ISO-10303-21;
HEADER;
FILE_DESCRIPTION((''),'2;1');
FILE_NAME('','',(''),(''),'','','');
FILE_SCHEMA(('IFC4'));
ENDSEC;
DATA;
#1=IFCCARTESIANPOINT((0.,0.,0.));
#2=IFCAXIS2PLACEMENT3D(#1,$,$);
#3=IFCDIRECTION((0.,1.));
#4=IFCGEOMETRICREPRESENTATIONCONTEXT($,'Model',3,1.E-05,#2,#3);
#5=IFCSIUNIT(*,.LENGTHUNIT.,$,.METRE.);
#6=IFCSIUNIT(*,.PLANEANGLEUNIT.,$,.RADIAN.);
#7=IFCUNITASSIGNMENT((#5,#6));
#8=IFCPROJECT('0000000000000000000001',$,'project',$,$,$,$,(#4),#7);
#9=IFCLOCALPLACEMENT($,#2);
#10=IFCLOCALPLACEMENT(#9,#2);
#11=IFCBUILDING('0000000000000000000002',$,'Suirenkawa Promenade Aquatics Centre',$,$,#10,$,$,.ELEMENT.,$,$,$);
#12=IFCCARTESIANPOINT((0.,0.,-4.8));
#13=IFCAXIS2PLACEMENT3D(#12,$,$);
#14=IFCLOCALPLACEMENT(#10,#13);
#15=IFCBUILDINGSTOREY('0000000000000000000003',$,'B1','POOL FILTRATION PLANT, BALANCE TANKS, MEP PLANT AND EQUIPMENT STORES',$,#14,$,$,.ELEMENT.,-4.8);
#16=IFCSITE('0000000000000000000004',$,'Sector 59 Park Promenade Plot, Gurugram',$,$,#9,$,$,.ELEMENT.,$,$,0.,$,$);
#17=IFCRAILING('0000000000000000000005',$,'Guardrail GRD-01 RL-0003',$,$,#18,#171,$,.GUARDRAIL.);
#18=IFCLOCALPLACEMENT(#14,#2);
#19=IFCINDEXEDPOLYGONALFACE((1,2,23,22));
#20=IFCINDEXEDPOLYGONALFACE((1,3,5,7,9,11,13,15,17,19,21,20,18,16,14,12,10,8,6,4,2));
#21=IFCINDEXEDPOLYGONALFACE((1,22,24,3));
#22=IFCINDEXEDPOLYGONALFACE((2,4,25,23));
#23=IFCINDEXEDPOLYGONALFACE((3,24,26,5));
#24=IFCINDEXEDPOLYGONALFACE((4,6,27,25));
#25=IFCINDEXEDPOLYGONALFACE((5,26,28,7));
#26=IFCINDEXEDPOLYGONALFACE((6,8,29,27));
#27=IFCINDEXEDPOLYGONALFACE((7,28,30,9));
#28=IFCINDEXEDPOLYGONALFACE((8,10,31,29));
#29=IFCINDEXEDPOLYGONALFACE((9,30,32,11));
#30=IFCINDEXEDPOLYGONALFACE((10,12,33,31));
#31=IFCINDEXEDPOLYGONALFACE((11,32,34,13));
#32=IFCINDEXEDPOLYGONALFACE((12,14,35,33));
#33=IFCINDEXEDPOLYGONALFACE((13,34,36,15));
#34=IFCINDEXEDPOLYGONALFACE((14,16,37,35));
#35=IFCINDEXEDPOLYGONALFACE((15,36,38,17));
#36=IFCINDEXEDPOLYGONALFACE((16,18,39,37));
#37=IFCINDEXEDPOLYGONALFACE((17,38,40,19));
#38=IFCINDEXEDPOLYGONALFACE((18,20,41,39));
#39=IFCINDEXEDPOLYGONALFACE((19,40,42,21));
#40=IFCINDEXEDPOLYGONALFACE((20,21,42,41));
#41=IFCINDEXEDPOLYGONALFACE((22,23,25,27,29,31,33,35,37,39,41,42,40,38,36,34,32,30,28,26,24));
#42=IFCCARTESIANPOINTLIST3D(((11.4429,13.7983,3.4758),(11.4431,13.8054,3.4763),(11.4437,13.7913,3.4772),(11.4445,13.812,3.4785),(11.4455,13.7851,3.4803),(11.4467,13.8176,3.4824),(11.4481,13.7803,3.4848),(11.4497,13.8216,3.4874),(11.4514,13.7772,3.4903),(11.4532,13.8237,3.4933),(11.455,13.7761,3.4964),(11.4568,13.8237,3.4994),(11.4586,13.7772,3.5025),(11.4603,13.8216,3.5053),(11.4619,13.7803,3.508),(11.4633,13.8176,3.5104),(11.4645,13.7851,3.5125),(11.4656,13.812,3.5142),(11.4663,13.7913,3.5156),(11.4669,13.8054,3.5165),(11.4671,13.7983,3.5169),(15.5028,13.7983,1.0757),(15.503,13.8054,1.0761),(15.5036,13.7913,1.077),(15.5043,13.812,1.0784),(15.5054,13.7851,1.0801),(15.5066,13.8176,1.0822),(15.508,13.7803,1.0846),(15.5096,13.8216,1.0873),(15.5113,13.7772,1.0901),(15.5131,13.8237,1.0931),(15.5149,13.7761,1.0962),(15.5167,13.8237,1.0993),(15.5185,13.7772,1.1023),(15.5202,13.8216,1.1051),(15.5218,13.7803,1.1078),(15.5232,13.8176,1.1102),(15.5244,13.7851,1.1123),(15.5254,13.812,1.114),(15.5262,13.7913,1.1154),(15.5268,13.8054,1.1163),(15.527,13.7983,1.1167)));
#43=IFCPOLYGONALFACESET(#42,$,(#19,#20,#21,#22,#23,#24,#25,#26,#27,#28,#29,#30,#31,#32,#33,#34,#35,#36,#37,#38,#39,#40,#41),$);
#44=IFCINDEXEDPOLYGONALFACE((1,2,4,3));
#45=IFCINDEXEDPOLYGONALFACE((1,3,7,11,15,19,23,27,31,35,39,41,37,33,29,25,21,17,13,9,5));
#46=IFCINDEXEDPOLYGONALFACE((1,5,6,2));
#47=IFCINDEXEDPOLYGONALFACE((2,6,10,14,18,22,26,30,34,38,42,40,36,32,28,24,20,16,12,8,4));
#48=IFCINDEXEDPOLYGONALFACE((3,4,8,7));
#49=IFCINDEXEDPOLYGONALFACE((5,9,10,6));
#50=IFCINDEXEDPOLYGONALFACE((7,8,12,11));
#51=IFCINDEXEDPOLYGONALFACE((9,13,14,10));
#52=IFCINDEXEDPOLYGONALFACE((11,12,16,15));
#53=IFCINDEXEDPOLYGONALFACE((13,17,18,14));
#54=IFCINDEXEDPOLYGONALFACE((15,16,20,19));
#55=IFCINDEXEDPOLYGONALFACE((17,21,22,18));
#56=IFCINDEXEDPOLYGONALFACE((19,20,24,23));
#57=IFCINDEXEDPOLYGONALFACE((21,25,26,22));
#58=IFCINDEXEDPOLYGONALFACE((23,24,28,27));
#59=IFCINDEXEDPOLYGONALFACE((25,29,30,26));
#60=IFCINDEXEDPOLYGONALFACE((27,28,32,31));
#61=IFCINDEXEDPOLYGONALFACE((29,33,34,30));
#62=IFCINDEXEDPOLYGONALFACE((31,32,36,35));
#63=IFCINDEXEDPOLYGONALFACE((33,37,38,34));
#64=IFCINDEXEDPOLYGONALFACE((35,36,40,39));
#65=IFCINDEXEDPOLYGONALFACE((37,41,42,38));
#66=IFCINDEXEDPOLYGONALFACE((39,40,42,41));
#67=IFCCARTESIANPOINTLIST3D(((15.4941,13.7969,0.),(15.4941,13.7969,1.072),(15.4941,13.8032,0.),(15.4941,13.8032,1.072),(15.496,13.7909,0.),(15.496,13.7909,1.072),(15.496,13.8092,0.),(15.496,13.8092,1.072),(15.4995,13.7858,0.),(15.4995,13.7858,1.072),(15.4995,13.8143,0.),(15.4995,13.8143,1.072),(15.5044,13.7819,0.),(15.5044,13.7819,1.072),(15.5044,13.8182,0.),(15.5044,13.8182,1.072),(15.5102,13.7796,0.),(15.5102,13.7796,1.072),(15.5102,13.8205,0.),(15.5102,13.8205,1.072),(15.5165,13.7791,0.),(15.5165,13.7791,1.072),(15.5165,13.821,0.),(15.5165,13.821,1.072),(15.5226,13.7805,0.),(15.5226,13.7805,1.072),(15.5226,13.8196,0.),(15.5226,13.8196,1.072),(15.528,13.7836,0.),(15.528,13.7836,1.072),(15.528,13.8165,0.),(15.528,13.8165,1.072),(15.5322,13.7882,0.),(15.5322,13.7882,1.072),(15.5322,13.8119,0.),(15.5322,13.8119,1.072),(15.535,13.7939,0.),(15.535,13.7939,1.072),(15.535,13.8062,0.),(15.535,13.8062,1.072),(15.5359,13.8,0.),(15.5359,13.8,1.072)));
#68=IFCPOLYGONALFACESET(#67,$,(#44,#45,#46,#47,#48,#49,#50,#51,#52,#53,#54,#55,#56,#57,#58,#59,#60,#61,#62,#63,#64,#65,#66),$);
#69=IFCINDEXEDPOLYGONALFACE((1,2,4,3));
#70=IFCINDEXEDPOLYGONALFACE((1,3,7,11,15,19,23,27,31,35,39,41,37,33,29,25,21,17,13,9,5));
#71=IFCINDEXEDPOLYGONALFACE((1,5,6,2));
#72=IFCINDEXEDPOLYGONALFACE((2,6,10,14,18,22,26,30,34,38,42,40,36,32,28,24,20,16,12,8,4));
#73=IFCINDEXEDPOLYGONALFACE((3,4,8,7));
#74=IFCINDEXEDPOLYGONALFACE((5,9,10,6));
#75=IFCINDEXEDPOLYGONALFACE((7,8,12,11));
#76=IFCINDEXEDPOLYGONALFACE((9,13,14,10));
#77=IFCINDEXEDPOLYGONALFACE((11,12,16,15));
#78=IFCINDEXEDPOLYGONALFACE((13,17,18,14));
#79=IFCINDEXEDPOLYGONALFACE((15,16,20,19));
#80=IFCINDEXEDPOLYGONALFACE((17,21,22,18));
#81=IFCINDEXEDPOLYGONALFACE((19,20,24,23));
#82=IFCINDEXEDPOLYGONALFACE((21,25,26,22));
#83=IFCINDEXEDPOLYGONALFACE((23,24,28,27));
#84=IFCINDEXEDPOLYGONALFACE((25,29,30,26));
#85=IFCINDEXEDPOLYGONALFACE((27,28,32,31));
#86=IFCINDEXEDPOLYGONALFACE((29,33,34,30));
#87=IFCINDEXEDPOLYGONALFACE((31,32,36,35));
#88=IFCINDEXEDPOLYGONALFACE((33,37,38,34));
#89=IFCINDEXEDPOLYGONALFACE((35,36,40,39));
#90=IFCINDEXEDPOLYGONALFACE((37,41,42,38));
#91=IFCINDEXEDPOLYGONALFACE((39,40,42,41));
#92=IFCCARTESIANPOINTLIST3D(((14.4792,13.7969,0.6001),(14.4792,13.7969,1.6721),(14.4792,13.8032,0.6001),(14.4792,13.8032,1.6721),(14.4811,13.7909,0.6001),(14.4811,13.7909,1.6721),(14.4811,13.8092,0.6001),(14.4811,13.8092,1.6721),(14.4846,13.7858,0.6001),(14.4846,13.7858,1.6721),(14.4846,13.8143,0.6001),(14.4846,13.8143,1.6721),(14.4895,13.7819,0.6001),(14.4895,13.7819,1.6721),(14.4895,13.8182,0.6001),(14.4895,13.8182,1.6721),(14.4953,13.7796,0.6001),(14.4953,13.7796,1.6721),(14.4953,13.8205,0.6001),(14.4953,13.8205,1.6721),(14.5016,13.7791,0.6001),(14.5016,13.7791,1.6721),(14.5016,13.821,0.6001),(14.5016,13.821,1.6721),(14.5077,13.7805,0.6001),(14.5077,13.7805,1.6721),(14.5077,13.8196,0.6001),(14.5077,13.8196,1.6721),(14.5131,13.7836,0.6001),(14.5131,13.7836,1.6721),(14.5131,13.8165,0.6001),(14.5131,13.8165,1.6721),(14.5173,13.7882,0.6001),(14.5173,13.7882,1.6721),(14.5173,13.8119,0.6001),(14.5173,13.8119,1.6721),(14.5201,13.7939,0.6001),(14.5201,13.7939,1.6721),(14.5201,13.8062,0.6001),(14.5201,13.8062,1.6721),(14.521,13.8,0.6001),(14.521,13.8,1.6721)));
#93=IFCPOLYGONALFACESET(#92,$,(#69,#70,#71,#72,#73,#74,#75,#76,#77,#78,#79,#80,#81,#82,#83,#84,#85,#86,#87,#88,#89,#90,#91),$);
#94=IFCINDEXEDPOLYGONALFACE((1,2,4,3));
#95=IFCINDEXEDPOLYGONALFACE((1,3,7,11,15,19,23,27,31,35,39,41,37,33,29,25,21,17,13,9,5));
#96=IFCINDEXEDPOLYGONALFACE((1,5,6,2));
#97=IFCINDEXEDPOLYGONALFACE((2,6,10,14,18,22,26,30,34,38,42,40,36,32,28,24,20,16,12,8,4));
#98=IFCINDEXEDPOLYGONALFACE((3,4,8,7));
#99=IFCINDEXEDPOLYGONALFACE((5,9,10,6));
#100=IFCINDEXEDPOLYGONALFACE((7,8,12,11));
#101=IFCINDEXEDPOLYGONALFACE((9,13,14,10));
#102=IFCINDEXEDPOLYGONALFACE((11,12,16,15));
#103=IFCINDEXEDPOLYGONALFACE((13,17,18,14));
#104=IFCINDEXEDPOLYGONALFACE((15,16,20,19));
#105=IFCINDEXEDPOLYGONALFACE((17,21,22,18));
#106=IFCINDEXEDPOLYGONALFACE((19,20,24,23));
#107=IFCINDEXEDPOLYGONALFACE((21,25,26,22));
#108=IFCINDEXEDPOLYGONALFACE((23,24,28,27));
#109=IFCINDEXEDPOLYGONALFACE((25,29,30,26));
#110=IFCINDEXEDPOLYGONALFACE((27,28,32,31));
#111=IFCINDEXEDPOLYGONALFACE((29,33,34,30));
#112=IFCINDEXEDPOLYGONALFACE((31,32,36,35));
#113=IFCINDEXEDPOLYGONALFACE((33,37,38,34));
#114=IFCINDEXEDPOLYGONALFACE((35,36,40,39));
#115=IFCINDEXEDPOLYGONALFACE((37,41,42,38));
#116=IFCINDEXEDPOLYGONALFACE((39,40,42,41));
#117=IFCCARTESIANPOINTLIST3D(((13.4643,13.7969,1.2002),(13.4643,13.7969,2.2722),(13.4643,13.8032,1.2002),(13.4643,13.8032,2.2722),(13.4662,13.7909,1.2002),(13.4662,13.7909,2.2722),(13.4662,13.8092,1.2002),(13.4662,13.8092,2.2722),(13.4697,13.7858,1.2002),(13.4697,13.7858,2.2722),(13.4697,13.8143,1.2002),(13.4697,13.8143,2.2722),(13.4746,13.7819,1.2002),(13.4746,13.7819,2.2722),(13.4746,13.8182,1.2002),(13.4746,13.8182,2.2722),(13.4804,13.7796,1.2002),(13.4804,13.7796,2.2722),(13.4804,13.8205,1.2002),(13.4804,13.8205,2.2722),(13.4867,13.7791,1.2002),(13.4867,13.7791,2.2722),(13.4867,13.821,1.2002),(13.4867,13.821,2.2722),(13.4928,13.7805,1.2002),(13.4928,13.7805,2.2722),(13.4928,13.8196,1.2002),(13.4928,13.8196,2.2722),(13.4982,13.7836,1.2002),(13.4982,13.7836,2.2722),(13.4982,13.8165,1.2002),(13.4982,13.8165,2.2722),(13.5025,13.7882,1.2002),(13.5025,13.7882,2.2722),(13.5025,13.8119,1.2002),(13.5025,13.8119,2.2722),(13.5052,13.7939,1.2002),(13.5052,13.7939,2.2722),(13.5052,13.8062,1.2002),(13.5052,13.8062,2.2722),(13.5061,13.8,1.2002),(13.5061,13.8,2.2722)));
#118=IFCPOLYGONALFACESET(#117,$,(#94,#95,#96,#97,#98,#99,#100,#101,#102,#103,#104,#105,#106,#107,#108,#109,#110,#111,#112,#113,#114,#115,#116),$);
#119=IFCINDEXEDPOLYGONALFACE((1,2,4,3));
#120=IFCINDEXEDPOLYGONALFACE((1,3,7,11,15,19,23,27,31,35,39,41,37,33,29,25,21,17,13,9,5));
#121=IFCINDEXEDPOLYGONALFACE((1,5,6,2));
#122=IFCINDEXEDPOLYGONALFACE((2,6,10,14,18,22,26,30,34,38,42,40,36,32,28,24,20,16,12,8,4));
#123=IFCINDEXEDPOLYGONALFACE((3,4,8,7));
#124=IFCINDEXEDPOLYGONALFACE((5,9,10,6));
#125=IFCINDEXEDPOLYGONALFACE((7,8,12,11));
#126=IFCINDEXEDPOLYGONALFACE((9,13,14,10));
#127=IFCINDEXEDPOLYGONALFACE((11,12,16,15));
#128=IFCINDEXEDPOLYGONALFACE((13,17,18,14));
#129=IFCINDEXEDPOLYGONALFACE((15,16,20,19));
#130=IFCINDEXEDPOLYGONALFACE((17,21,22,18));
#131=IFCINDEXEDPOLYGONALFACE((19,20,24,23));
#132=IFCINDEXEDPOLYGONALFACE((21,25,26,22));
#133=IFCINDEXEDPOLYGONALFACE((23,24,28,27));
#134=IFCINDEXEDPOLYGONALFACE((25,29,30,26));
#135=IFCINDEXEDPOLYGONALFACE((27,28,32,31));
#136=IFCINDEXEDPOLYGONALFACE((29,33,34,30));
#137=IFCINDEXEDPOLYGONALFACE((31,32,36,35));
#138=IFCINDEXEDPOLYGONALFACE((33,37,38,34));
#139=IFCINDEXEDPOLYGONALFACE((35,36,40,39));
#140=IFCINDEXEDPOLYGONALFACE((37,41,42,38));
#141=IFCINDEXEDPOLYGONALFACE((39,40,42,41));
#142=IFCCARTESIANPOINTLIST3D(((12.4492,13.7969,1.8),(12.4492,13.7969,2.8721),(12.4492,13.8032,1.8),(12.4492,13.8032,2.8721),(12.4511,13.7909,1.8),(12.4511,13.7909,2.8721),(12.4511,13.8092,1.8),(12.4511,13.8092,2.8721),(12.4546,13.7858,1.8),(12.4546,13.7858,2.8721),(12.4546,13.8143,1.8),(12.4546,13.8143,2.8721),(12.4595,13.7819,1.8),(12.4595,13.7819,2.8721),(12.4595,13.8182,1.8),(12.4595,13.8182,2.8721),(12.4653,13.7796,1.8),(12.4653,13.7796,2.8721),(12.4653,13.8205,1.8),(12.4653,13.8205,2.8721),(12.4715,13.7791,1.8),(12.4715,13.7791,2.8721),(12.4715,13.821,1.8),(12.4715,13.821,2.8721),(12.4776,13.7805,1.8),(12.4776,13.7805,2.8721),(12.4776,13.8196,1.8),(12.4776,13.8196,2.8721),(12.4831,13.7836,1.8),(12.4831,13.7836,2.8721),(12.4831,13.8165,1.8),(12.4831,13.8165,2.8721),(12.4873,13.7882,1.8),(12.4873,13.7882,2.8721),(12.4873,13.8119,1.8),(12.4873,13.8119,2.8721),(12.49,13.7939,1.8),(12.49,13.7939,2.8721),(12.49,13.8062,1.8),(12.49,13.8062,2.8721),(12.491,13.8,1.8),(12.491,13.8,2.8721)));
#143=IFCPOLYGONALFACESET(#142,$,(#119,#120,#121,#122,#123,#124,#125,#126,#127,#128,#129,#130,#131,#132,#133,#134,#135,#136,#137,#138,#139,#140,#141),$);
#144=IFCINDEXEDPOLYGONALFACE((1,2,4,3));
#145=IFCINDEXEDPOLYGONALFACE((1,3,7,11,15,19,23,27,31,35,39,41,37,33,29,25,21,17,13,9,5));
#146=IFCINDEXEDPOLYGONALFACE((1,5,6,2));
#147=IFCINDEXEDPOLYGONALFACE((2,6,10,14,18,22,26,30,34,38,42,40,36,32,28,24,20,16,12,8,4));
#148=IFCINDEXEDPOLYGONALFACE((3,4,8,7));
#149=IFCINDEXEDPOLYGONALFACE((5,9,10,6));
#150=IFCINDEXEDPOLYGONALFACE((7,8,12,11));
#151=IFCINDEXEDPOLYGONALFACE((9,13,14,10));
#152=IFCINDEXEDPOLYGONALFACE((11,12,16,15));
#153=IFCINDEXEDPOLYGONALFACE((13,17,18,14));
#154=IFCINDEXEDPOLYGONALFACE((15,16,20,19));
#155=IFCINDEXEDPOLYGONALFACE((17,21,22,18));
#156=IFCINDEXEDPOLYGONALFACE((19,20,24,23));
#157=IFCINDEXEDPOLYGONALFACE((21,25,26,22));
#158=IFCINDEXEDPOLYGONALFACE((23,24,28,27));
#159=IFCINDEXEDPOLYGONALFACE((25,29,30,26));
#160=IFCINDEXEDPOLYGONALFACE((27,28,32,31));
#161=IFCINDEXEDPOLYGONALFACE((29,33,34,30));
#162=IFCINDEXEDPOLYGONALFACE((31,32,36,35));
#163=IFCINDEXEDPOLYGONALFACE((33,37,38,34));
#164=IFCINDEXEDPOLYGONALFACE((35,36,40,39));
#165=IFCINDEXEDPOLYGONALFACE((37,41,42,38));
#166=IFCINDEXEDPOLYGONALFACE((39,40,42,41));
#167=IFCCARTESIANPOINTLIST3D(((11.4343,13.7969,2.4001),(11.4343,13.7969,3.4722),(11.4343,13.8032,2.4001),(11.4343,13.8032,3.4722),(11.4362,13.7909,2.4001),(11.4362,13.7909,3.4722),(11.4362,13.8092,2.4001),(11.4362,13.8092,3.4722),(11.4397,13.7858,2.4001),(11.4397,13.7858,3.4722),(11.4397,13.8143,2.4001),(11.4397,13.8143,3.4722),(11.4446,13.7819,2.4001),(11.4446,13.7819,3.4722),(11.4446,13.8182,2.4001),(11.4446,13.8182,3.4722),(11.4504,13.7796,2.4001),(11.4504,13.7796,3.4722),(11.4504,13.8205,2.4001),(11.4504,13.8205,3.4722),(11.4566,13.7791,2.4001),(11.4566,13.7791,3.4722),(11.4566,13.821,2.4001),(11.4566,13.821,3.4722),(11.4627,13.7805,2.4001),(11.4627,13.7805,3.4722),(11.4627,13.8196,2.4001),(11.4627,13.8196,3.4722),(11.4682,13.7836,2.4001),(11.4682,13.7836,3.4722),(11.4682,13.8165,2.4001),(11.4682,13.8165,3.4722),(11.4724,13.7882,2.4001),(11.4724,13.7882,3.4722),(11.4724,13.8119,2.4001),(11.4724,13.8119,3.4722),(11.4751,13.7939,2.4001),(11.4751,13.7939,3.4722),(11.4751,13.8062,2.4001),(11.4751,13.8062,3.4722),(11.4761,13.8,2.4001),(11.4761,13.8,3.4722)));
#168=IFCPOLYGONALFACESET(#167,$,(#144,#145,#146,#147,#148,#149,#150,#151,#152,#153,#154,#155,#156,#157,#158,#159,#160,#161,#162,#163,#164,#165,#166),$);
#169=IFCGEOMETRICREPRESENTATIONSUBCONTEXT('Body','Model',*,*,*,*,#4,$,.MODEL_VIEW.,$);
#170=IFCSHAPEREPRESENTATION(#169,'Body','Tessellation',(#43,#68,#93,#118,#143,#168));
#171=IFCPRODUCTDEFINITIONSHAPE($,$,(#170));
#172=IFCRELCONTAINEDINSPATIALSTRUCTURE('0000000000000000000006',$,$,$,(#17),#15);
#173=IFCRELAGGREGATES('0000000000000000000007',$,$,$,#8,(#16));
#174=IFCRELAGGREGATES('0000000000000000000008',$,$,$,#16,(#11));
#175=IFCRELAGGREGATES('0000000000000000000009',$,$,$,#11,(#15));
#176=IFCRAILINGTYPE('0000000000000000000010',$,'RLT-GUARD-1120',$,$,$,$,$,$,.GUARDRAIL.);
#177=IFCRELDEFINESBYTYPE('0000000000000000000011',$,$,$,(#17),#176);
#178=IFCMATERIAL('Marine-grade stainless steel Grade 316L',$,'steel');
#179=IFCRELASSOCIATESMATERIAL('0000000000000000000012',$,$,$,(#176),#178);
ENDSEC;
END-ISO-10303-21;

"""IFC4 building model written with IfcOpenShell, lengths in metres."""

from ifc_helpers import new_model, si_unit, direction, frame, origin, origin_2d, place, context, subcontext, project, spatial, circle, extrude, material, type_object, element, save


model = new_model("IFC4")

# Units and contexts
model_context = context("Model", 3, precision=1e-05, world=origin(), true_north=direction((0.0, 1.0)))
body_context = subcontext(model_context, "Body", "Model", "MODEL_VIEW")
ifc_project = project(units=[si_unit("LENGTHUNIT", "METRE"), si_unit("PLANEANGLEUNIT", "RADIAN")], contexts=[model_context])

# Site, building, storey
site_placement = place(None, origin())
site = spatial("IfcSite", under=ifc_project, at=site_placement, Name="Sector 59 Park Promenade Plot, Gurugram", CompositionType="ELEMENT", RefElevation=0.0)
building_placement = place(site_placement, origin())
building = spatial("IfcBuilding", under=site, at=building_placement, Name="Suirenkawa Promenade Aquatics Centre", CompositionType="ELEMENT")
storey_placement = place(building_placement, frame((0.0, 0.0, -4.8)))
storey = spatial("IfcBuildingStorey", under=building, at=storey_placement, Name="B1", Description="POOL FILTRATION PLANT, BALANCE TANKS, MEP PLANT AND EQUIPMENT STORES", CompositionType="ELEMENT", Elevation=-4.8)

# Railing
ifc_material_1 = material(Name="Marine-grade stainless steel Grade 316L", Category="steel")
railing_type_1 = type_object("IfcRailingType", Name="RLT-GUARD-1120", PredefinedType="GUARDRAIL", material=ifc_material_1)
for number, where, name in (
    (1, (15.5149, 13.8, 0.0), "Guardrail GRD-01 RL-0003"),
):
    element("IfcRailing", number, at=place(storey_placement, frame(where)), inside=storey, type_object=railing_type_1, Name=name, PredefinedType="GUARDRAIL", context=body_context, shape_type="SweptSolid", body=[
        extrude(circle(Radius=0.0239, at=origin_2d()), frame((0.0, 0.0, 1.0962), z_axis=(-0.860818, 0.0, 0.508912), x_axis=(0.0, -1.0, 0.0)), (0.0, 0.0, 1.0), 4.7163),
        extrude(circle(Radius=0.021, at=origin_2d()), origin(), (0.0, 0.0, 1.0), 1.072),
        extrude(circle(Radius=0.021, at=origin_2d()), frame((-1.0149, 0.0, 0.6001)), (0.0, 0.0, 1.0), 1.072),
        extrude(circle(Radius=0.021, at=origin_2d()), frame((-2.0298, 0.0, 1.2002)), (0.0, 0.0, 1.0), 1.072),
        extrude(circle(Radius=0.021, at=origin_2d()), frame((-3.0449, 0.0, 1.8)), (0.0, 0.0, 1.0), 1.072),
        extrude(circle(Radius=0.021, at=origin_2d()), frame((-4.0598, 0.0, 2.4001)), (0.0, 0.0, 1.0), 1.072),
    ])

save(model, "model.ifc")
